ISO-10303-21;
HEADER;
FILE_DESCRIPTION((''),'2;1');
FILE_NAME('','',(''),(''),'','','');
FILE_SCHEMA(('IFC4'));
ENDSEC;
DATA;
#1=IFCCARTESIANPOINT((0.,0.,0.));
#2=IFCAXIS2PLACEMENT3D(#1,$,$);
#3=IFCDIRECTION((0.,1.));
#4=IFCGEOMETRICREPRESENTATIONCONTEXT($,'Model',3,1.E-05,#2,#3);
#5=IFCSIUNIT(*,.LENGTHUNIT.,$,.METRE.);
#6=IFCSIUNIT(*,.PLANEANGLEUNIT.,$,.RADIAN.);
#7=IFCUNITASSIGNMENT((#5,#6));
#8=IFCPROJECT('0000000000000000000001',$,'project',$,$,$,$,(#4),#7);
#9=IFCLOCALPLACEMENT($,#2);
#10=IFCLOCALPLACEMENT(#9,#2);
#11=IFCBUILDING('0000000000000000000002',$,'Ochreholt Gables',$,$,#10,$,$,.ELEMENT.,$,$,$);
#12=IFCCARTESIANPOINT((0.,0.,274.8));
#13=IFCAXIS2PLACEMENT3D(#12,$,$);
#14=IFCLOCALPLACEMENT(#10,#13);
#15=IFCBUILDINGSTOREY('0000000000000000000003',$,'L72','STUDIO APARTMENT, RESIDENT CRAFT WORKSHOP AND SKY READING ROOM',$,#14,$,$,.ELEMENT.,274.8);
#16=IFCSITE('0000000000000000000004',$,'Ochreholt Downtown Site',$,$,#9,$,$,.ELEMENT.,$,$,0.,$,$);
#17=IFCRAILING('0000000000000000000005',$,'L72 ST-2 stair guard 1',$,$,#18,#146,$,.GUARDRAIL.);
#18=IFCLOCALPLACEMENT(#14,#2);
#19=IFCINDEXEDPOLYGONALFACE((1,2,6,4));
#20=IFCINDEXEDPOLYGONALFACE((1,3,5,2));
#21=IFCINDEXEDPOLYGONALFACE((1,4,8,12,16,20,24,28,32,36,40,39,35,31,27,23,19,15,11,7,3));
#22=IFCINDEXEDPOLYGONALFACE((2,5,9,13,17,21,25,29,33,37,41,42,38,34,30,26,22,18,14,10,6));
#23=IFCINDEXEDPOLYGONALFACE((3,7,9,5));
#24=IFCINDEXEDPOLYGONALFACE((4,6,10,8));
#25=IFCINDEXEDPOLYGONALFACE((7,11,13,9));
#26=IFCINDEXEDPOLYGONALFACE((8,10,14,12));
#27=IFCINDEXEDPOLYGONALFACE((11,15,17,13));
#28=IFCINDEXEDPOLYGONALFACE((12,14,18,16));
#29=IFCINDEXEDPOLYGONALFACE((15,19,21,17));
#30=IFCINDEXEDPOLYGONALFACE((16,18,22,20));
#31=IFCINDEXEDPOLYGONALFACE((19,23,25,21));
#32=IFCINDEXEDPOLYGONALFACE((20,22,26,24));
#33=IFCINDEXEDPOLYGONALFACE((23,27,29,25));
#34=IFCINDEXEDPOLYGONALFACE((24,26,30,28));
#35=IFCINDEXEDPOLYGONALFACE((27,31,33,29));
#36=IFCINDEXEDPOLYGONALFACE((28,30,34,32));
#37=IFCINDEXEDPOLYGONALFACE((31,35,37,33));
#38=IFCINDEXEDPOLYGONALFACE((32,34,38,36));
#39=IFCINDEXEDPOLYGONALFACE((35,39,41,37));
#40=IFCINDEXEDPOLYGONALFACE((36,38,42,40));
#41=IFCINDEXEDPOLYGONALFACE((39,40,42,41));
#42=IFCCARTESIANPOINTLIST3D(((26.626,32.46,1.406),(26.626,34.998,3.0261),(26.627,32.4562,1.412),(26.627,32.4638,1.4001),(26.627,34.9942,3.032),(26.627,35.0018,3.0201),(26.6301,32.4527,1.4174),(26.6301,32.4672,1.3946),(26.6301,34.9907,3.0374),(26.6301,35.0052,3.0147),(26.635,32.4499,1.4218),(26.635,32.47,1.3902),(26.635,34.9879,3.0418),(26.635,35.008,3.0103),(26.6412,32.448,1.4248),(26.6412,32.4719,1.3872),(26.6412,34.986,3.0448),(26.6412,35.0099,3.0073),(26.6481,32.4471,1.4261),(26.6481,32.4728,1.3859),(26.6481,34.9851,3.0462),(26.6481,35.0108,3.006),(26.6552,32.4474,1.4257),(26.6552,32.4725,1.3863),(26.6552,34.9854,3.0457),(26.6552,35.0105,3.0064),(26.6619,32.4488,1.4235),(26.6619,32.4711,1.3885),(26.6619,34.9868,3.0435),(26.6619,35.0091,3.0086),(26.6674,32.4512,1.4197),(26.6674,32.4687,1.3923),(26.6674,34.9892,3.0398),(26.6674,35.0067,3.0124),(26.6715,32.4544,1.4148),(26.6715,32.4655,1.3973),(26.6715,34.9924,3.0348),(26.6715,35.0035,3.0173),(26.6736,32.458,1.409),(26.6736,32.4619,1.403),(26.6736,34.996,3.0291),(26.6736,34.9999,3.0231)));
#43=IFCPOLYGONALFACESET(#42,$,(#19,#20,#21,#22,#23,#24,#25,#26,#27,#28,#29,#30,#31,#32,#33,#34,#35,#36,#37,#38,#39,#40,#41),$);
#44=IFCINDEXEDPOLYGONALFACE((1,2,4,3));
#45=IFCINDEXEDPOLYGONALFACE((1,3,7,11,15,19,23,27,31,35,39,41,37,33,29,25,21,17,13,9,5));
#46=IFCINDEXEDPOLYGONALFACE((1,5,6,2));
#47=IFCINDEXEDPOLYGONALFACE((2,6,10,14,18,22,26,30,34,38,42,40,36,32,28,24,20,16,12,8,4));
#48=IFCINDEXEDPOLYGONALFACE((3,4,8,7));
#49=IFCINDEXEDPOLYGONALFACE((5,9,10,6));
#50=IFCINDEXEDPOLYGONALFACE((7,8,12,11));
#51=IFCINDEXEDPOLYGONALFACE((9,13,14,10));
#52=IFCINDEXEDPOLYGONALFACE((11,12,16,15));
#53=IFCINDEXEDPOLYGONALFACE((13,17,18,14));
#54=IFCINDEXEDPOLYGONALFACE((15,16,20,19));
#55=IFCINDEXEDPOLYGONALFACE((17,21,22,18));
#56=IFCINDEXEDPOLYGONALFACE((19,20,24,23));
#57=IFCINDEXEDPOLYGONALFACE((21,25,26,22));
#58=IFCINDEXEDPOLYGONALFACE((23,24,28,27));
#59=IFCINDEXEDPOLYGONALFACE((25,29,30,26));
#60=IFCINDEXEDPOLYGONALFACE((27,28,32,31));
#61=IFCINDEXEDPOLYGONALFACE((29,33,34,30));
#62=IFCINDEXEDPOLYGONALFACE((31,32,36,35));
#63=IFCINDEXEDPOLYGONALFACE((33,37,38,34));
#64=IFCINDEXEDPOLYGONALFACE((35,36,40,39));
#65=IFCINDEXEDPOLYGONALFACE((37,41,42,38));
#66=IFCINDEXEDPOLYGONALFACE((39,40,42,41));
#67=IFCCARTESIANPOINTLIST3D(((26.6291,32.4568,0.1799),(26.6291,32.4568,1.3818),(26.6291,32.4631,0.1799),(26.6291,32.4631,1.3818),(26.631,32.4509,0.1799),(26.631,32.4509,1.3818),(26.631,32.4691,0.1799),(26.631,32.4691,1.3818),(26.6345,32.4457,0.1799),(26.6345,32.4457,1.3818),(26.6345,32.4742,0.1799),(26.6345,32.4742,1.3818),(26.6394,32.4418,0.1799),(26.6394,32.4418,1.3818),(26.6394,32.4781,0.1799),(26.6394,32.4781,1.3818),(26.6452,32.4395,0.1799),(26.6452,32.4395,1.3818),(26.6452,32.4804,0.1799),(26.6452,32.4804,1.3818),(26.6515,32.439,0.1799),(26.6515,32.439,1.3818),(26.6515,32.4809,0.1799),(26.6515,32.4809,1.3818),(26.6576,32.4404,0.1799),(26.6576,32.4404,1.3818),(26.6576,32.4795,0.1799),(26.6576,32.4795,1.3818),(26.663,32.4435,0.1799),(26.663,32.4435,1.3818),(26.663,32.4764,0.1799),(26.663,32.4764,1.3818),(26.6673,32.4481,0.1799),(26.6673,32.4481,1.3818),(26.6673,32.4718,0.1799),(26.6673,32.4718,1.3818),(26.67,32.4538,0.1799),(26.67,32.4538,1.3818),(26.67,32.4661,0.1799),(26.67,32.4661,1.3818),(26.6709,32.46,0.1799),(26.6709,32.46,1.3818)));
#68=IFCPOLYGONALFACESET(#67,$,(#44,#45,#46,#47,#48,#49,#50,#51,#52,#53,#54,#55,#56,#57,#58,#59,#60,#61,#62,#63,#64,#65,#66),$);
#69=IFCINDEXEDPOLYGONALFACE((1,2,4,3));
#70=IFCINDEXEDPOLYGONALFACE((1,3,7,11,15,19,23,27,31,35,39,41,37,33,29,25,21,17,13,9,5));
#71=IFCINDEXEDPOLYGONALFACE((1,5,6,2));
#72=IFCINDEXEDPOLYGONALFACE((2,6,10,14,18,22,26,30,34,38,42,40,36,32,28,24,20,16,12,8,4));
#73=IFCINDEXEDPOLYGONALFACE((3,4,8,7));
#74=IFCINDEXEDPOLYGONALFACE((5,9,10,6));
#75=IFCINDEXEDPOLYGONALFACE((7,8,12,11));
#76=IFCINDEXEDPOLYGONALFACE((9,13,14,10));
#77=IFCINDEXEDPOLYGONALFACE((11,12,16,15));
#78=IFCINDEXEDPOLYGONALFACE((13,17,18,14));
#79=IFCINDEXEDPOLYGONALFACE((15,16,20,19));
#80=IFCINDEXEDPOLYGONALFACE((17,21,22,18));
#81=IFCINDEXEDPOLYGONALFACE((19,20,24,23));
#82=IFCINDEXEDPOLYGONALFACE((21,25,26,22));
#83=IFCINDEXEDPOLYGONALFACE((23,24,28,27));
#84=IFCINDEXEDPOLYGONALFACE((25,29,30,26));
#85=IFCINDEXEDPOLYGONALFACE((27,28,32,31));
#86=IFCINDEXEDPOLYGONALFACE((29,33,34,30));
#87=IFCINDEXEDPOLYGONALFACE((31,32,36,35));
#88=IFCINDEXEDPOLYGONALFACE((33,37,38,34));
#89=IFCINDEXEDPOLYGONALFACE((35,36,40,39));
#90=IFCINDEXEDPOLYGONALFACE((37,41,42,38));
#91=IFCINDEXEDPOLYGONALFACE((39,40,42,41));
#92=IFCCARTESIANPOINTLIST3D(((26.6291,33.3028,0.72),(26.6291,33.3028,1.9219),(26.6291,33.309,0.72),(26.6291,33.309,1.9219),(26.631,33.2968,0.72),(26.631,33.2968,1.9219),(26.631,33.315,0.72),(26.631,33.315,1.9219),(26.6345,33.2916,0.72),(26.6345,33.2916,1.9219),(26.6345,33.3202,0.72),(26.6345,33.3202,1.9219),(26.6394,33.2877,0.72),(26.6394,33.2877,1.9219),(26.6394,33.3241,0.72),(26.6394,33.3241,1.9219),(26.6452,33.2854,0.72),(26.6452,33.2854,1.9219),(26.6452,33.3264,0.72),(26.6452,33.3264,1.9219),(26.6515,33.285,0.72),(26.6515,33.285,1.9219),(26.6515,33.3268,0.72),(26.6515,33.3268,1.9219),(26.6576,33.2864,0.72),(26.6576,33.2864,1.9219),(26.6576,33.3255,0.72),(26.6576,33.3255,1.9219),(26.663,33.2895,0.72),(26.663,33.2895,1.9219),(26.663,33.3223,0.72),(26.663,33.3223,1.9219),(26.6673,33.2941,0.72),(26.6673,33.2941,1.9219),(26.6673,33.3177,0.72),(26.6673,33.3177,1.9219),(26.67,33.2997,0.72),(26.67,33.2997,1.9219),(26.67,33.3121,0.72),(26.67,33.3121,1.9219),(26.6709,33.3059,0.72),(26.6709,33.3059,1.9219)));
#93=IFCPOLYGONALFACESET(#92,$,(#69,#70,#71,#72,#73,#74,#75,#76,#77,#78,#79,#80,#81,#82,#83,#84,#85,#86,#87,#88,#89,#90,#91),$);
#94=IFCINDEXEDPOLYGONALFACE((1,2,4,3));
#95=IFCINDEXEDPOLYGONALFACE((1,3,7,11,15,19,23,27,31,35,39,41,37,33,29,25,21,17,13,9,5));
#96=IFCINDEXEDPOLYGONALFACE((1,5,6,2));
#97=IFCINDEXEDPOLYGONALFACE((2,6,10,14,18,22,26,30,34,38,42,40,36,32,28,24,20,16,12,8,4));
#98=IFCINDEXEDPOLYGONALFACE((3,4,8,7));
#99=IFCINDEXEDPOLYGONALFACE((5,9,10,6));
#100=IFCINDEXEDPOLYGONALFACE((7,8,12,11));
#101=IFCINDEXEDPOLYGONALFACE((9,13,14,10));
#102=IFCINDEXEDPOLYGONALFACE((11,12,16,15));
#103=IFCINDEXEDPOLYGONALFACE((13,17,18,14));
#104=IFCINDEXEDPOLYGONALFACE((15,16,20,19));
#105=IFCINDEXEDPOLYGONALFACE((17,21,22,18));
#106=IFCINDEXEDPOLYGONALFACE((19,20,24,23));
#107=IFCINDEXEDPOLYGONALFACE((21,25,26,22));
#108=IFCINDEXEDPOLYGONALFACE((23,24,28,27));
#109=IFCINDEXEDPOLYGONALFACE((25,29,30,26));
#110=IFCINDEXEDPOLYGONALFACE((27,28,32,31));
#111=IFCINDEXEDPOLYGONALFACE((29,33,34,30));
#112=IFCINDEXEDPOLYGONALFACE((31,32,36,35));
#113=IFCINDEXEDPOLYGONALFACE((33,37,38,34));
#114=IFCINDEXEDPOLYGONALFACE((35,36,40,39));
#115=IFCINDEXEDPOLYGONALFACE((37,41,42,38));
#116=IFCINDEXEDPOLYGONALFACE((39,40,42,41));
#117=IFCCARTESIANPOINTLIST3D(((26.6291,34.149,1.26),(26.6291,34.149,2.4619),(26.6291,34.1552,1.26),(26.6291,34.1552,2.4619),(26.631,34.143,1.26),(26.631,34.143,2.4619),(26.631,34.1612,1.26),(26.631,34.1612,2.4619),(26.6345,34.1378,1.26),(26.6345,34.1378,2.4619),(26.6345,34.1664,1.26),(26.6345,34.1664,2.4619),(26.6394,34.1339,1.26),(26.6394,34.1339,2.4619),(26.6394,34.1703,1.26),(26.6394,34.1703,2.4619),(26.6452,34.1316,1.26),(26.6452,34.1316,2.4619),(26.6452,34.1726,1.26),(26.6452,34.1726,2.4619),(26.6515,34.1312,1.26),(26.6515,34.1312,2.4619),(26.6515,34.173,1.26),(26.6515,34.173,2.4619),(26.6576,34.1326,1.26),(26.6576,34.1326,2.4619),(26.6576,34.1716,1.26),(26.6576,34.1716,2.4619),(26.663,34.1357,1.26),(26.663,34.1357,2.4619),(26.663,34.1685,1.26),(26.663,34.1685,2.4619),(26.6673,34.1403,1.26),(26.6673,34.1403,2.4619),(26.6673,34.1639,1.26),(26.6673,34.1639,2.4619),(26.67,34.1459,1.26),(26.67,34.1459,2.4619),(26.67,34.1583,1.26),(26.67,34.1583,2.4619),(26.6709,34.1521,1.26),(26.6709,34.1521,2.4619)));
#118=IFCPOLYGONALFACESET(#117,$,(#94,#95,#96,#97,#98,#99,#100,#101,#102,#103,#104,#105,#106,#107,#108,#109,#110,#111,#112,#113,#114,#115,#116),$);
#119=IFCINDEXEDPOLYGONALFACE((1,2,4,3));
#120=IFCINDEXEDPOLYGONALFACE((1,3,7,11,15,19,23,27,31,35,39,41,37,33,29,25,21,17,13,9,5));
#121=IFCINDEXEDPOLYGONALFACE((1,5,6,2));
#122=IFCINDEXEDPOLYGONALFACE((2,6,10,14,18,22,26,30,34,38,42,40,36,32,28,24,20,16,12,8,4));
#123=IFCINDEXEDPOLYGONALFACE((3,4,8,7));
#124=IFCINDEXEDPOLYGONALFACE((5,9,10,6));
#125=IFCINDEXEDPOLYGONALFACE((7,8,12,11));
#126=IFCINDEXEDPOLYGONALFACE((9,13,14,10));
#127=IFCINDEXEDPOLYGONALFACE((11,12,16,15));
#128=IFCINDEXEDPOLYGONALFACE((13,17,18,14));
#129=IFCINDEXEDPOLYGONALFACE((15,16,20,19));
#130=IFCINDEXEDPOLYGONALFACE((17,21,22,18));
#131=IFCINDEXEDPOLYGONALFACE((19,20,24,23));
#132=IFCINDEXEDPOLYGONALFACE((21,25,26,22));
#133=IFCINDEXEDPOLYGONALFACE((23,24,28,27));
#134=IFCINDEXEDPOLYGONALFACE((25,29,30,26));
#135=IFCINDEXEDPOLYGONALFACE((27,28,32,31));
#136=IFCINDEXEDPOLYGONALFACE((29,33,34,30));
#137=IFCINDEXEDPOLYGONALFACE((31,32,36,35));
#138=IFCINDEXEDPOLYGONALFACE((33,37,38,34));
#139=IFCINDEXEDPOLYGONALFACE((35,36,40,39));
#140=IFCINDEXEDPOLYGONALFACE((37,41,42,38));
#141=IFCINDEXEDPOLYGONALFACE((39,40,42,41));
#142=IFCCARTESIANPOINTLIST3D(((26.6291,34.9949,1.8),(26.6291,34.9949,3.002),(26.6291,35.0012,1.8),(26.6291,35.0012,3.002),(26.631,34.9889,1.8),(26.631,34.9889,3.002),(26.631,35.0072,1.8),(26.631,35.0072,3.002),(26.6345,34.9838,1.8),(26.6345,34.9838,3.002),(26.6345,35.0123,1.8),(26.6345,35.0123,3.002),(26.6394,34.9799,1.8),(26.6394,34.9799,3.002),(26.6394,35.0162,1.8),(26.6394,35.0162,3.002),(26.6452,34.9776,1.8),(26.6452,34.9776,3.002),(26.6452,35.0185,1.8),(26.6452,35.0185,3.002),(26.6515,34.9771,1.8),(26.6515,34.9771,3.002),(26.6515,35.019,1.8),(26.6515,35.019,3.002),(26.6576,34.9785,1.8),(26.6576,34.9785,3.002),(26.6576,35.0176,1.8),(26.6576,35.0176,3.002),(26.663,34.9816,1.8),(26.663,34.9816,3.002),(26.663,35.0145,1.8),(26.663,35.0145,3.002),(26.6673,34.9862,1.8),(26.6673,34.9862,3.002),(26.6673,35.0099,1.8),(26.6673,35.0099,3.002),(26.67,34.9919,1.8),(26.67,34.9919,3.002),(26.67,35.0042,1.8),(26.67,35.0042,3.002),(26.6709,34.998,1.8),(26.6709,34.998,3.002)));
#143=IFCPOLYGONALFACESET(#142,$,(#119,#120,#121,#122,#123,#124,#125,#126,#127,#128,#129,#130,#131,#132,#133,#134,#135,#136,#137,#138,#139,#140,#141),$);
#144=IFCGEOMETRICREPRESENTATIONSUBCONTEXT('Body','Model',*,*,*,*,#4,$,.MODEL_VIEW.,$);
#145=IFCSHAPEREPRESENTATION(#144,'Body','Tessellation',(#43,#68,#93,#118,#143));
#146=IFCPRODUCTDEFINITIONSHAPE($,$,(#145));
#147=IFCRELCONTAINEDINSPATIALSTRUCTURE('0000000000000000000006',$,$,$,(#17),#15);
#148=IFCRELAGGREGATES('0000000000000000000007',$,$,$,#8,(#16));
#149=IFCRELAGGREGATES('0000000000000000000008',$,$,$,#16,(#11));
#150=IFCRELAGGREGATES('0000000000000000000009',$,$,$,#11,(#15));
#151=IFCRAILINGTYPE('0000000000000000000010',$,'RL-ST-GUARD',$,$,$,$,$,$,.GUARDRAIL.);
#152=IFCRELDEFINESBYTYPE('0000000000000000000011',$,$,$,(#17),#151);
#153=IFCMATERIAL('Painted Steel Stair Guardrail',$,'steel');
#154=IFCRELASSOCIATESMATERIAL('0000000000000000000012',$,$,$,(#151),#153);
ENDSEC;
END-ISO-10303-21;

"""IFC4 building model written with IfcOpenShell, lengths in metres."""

from ifc_helpers import new_model, si_unit, direction, frame, origin, origin_2d, place, context, subcontext, project, spatial, circle, extrude, material, type_object, element, save


model = new_model("IFC4")

# Units and contexts
model_context = context("Model", 3, precision=1e-05, world=origin(), true_north=direction((0.0, 1.0)))
body_context = subcontext(model_context, "Body", "Model", "MODEL_VIEW")
ifc_project = project(units=[si_unit("LENGTHUNIT", "METRE"), si_unit("PLANEANGLEUNIT", "RADIAN")], contexts=[model_context])

# Site, building, storey
site_placement = place(None, origin())
site = spatial("IfcSite", under=ifc_project, at=site_placement, Name="Ochreholt Downtown Site", CompositionType="ELEMENT", RefElevation=0.0)
building_placement = place(site_placement, origin())
building = spatial("IfcBuilding", under=site, at=building_placement, Name="Ochreholt Gables", CompositionType="ELEMENT")
storey_placement = place(building_placement, frame((0.0, 0.0, 274.8)))
storey = spatial("IfcBuildingStorey", under=building, at=storey_placement, Name="L72", Description="STUDIO APARTMENT, RESIDENT CRAFT WORKSHOP AND SKY READING ROOM", CompositionType="ELEMENT", Elevation=274.8)

# Railing
ifc_material_1 = material(Name="Painted Steel Stair Guardrail", Category="steel")
railing_type_1 = type_object("IfcRailingType", Name="RL-ST-GUARD", PredefinedType="GUARDRAIL", material=ifc_material_1)
railing_1_placement = place(storey_placement, frame((26.6499, 32.46, 0.1799)))
element("IfcRailing", 1, at=railing_1_placement, inside=storey, type_object=railing_type_1, Name="L72 ST-2 stair guard 1", PredefinedType="GUARDRAIL", context=body_context, shape_type="SweptSolid", body=[
    extrude(circle(Radius=0.0239, at=origin_2d()), frame((0.0, 0.0, 1.2261), z_axis=(0.0, 0.842913, 0.53805), x_axis=(-1.0, 0.0, 0.0)), (0.0, 0.0, 1.0), 3.011),
    extrude(circle(Radius=0.021, at=origin_2d()), origin(), (0.0, 0.0, 1.0), 1.2019),
    extrude(circle(Radius=0.021, at=origin_2d()), frame((0.0, 0.8459, 0.54)), (0.0, 0.0, 1.0), 1.2019),
    extrude(circle(Radius=0.021, at=origin_2d()), frame((0.0, 1.6921, 1.0801)), (0.0, 0.0, 1.0), 1.2019),
    extrude(circle(Radius=0.021, at=origin_2d()), frame((0.0, 2.5381, 1.6201)), (0.0, 0.0, 1.0), 1.2019),
])

save(model, "model.ifc")
